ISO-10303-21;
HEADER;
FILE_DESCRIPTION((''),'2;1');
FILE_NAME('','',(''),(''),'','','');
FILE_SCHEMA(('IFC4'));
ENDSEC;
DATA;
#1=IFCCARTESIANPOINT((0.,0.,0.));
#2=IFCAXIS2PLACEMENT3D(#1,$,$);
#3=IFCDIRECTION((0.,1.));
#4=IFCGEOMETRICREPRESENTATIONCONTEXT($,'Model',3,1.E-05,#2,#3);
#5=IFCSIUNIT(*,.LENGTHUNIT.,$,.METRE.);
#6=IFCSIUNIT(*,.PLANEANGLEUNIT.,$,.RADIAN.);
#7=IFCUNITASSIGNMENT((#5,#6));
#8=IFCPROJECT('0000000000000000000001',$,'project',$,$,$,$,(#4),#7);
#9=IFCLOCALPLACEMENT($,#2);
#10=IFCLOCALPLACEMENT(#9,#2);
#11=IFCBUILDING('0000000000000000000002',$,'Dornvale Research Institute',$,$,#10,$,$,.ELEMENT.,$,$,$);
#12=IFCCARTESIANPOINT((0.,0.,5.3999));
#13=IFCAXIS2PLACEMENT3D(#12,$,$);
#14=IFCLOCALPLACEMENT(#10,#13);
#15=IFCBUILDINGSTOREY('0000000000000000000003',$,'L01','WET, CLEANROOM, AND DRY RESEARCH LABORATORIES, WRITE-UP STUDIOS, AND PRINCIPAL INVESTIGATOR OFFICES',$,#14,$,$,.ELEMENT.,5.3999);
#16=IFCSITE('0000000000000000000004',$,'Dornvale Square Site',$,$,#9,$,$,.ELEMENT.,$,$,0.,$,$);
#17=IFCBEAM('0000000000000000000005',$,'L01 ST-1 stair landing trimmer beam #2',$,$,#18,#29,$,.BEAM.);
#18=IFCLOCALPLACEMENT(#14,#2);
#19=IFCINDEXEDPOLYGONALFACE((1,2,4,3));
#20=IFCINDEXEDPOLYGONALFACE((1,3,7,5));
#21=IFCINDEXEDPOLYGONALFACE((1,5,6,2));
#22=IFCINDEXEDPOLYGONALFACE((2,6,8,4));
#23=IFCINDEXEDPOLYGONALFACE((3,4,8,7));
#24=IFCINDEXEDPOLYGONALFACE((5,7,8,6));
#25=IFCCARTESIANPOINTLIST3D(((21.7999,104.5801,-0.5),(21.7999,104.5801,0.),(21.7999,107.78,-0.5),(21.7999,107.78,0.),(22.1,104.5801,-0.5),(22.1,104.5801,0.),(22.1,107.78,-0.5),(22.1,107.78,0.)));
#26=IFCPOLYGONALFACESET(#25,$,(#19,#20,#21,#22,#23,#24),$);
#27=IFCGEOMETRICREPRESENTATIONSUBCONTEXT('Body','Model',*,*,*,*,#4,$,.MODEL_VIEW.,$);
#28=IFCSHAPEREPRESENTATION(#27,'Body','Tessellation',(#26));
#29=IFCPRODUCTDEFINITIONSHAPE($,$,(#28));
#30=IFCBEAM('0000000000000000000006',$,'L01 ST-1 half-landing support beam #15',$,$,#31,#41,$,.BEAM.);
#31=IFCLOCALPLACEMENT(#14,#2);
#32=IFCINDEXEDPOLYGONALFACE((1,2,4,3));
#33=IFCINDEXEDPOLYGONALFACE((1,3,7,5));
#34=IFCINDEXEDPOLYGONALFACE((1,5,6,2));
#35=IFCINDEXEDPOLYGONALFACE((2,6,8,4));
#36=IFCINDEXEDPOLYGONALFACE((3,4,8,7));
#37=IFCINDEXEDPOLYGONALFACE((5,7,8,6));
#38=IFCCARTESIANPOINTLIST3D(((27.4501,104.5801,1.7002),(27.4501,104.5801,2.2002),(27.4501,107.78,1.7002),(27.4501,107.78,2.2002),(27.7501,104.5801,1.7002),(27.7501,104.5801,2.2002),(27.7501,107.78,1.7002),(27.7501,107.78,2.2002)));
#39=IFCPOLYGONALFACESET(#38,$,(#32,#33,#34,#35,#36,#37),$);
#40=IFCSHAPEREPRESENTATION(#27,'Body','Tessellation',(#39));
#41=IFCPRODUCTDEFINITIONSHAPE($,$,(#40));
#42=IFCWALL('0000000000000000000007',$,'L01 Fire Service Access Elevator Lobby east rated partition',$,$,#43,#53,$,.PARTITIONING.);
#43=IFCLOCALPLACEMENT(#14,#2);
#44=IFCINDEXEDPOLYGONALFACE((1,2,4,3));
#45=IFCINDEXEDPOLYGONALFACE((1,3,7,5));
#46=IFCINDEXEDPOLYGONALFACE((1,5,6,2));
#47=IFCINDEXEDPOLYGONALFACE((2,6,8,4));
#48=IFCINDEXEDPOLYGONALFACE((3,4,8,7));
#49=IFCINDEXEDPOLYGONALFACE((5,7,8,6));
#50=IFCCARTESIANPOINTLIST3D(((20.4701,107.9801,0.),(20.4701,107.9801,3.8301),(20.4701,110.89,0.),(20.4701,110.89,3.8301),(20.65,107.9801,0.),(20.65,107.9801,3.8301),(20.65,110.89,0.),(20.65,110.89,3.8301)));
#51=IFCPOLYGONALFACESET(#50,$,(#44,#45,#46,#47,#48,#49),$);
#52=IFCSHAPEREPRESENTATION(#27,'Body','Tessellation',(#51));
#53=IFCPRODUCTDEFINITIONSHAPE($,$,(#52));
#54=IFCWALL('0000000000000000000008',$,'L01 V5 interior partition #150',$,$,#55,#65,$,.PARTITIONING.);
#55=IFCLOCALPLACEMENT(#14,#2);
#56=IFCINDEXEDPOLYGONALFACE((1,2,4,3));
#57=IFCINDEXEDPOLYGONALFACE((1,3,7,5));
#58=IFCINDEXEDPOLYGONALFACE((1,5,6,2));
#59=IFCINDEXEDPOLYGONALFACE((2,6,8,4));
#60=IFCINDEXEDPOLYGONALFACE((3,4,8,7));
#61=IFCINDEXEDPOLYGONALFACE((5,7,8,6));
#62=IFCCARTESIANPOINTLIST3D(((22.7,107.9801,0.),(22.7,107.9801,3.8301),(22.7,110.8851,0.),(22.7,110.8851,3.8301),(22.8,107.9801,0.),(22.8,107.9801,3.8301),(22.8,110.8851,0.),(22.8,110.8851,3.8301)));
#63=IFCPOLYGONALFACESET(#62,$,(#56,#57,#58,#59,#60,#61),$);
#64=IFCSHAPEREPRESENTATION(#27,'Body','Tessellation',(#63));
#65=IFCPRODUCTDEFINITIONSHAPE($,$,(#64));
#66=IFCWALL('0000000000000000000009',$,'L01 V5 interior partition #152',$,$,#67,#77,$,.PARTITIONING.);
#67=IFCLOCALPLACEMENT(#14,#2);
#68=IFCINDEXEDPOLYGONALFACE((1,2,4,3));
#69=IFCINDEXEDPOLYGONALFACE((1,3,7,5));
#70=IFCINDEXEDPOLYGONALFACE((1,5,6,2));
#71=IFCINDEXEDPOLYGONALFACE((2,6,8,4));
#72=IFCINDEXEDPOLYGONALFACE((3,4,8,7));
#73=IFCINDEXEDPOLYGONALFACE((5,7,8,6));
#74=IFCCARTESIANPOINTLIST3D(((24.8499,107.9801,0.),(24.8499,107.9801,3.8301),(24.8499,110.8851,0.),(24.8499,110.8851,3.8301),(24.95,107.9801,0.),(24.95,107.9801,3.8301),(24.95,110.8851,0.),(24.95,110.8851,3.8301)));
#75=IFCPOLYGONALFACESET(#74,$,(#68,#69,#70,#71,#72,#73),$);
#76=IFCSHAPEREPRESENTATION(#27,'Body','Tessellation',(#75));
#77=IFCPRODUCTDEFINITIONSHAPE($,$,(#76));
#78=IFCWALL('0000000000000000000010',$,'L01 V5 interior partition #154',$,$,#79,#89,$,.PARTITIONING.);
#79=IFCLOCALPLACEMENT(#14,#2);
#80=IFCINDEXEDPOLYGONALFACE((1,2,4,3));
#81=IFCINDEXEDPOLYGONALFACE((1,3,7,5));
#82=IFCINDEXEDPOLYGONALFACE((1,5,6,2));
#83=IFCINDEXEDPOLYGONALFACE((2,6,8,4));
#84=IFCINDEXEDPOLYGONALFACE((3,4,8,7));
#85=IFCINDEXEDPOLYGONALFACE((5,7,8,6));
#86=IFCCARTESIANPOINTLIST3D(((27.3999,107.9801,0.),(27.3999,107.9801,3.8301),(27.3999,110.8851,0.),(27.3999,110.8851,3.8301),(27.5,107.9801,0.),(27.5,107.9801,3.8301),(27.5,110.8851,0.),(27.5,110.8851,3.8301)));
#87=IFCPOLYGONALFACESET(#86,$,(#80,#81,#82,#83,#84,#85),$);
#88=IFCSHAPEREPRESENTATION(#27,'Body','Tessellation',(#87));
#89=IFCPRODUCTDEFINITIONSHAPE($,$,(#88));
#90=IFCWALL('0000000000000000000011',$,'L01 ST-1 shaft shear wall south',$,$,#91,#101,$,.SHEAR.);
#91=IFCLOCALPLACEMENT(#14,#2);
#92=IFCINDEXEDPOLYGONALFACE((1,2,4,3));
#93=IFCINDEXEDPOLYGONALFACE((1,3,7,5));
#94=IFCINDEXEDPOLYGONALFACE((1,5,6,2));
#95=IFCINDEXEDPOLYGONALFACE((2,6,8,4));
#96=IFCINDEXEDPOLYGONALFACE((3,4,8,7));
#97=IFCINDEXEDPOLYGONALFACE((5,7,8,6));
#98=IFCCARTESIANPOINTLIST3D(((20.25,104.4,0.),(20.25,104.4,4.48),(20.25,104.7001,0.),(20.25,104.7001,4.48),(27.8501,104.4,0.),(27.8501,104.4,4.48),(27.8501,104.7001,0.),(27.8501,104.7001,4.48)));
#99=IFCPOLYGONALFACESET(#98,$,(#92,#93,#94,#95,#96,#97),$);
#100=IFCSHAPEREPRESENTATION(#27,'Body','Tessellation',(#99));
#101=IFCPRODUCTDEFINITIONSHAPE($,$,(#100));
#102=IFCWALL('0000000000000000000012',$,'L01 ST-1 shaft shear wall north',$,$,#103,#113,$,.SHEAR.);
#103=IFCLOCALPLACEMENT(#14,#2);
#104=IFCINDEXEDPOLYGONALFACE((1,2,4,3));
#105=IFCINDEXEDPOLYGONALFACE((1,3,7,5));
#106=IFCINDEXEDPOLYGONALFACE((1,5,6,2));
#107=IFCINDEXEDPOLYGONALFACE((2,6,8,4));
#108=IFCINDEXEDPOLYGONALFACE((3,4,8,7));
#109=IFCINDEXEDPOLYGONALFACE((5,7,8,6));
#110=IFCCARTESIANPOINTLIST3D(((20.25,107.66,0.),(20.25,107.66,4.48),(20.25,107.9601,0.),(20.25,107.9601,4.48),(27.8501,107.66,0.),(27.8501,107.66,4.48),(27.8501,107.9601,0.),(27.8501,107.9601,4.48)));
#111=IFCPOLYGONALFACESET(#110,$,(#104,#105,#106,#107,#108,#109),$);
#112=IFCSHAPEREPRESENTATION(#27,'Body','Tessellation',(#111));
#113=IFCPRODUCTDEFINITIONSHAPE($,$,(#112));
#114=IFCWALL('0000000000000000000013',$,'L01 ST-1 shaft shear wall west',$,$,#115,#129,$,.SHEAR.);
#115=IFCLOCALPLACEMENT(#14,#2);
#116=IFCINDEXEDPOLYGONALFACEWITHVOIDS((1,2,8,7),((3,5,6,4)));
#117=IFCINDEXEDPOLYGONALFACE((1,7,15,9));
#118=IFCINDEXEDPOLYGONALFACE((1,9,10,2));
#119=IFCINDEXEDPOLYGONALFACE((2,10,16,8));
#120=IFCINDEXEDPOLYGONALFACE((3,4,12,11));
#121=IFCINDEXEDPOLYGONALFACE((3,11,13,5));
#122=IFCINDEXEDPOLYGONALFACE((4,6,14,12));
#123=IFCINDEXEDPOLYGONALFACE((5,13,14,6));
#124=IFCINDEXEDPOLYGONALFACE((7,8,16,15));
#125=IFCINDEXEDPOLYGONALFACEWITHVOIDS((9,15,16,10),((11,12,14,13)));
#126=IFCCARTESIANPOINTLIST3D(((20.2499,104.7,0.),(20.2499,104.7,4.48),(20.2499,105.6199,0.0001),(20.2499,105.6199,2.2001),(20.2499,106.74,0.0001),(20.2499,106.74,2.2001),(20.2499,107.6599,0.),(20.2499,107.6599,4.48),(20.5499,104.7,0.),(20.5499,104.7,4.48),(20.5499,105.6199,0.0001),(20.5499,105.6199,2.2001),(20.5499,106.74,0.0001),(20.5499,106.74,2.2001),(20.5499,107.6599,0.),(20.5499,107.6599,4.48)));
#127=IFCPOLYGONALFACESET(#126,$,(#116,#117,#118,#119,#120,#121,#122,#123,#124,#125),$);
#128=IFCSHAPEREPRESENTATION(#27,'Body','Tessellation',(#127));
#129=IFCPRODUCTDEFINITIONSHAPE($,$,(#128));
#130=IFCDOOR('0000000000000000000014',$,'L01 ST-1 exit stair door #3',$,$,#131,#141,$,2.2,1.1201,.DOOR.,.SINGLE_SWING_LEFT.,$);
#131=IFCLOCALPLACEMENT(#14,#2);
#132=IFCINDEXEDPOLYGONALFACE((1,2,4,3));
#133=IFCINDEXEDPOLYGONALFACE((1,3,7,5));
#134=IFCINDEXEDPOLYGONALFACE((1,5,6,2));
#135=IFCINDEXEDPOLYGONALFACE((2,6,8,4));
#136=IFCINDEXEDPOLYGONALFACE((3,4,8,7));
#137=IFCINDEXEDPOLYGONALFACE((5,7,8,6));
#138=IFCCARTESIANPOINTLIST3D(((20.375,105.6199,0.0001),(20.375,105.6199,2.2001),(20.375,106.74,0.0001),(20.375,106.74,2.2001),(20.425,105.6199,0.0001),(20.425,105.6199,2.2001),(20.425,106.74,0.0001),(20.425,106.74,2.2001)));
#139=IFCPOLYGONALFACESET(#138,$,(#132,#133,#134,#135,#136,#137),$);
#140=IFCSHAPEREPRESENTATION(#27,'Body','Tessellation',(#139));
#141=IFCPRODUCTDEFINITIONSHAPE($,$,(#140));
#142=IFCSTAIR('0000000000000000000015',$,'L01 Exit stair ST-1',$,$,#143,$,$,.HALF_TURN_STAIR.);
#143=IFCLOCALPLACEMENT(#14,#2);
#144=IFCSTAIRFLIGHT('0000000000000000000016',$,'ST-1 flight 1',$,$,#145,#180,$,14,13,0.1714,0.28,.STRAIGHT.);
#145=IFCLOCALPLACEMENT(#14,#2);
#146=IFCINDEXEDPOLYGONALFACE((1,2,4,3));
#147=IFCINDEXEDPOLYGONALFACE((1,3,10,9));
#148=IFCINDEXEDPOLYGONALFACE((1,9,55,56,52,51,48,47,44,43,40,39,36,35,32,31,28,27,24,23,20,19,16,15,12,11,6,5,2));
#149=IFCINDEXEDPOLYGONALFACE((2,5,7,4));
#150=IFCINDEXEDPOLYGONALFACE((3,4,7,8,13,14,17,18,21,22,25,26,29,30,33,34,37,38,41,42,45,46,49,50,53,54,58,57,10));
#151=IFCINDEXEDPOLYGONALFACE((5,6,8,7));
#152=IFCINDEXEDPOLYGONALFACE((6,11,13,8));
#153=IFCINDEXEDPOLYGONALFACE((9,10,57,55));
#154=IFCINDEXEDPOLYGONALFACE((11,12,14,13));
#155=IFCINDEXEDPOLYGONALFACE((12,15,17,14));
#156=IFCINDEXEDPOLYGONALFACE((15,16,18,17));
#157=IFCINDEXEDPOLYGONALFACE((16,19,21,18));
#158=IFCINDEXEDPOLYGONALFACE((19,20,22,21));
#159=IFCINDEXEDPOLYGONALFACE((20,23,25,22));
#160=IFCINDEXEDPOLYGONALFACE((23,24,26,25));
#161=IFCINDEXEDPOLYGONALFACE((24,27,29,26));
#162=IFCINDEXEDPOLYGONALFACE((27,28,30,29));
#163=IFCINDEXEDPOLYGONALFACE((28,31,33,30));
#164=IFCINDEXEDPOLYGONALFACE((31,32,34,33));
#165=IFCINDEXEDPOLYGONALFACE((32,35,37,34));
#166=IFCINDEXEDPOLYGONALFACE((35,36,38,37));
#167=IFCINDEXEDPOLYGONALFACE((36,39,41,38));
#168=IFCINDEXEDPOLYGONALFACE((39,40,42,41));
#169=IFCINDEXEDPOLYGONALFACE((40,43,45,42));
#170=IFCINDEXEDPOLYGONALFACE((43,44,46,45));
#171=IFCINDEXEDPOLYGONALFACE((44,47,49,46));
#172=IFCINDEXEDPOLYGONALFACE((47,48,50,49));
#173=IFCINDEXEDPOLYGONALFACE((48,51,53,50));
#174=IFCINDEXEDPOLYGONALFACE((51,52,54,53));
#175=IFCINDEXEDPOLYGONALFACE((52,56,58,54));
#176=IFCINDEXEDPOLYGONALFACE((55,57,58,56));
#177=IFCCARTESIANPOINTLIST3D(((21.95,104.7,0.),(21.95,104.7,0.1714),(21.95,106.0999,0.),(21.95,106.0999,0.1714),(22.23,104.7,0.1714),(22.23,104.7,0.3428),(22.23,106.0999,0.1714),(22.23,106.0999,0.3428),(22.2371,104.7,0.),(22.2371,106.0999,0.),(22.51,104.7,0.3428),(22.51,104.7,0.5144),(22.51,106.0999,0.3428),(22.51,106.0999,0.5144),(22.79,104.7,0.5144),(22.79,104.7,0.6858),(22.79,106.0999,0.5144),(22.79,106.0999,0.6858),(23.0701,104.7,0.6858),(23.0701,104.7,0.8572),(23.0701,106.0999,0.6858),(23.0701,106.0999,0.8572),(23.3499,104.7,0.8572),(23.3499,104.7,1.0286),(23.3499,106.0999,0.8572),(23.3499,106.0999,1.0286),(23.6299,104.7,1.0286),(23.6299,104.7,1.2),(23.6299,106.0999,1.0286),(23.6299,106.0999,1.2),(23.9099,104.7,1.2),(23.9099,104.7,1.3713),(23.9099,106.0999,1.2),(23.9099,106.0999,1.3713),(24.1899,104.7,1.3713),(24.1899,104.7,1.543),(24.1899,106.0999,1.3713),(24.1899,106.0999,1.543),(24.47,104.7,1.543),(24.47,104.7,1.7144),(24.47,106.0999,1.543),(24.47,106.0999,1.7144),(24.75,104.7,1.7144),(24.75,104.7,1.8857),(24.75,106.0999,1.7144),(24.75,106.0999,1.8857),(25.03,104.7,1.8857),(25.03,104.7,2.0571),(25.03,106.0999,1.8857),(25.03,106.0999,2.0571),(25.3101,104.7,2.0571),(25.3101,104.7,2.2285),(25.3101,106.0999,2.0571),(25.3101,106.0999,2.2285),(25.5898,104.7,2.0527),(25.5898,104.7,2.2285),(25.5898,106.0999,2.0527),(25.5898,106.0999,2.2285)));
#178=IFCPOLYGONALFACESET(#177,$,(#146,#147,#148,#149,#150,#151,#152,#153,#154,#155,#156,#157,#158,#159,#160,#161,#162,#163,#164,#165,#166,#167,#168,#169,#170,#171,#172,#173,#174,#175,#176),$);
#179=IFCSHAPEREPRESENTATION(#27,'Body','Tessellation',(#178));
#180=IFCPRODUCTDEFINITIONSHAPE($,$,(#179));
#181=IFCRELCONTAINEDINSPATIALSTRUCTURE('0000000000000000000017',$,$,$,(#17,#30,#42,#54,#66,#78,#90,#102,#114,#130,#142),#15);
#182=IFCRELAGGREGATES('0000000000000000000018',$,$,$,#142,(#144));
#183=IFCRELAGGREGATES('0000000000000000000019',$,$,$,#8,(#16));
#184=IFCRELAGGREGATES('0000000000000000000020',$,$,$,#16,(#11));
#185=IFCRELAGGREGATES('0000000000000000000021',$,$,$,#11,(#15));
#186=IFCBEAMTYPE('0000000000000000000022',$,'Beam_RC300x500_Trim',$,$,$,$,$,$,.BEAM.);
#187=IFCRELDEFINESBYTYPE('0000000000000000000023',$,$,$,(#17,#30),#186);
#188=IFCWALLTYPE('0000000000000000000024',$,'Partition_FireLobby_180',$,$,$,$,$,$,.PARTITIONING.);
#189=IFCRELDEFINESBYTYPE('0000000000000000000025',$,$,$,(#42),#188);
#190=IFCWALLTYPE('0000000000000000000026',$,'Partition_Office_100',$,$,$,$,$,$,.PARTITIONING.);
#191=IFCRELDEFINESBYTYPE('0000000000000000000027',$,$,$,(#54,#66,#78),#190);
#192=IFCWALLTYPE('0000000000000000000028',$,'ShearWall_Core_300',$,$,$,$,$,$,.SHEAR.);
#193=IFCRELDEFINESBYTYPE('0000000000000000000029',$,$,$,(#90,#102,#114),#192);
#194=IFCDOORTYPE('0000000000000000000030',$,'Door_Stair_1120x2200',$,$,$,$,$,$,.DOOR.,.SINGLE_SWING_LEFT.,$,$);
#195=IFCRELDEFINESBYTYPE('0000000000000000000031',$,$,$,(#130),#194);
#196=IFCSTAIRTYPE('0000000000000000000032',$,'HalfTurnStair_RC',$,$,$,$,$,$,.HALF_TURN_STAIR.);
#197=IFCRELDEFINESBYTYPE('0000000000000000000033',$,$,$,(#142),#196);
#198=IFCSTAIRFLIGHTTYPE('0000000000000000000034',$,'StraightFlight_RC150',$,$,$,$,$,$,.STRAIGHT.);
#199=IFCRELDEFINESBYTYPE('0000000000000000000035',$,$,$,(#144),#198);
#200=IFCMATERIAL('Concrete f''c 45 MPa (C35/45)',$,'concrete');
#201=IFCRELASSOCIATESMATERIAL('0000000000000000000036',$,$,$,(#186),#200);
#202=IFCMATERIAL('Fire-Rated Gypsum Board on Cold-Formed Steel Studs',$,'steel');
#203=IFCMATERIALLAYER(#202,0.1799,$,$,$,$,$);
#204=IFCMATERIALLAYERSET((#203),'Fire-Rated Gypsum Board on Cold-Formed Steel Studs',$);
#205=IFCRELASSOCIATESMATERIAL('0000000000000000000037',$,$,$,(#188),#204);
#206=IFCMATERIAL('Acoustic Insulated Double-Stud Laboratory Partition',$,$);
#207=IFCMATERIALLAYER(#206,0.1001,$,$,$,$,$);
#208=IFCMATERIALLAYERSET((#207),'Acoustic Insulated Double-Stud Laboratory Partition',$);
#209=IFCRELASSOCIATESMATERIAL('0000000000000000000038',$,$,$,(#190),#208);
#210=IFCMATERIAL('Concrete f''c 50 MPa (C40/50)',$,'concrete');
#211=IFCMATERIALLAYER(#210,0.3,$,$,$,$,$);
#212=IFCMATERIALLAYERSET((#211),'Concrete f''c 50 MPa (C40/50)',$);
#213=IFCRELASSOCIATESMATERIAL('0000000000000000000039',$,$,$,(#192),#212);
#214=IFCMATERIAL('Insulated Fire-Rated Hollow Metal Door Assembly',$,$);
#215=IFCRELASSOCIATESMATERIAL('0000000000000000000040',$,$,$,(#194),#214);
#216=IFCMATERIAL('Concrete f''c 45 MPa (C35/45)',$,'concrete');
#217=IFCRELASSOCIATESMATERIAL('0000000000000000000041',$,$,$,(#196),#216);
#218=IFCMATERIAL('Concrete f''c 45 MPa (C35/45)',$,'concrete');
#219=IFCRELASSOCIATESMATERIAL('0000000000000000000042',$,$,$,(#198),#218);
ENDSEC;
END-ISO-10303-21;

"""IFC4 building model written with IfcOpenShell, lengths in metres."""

from ifc_helpers import new_model, si_unit, direction, frame, frame_2d, origin, origin_2d, place, context, subcontext, project, spatial, polyline, rectangle, outline, extrude, material, layer, layer_set, material_profile, profile_set, type_object, element, fill, aggregate, save


model = new_model("IFC4")

# Units and contexts
model_context = context("Model", 3, precision=1e-05, world=origin(), true_north=direction((0.0, 1.0)))
body_context = subcontext(model_context, "Body", "Model", "MODEL_VIEW")
ifc_project = project(units=[si_unit("LENGTHUNIT", "METRE"), si_unit("PLANEANGLEUNIT", "RADIAN")], contexts=[model_context])

# Site, building, storey
site_placement = place(None, origin())
site = spatial("IfcSite", under=ifc_project, at=site_placement, Name="Dornvale Square Site", CompositionType="ELEMENT", RefElevation=0.0)
building_placement = place(site_placement, origin())
building = spatial("IfcBuilding", under=site, at=building_placement, Name="Dornvale Research Institute", CompositionType="ELEMENT")
storey_placement = place(building_placement, frame((0.0, 0.0, 5.3999)))
storey = spatial("IfcBuildingStorey", under=building, at=storey_placement, Name="L01", Description="WET, CLEANROOM, AND DRY RESEARCH LABORATORIES, WRITE-UP STUDIOS, AND PRINCIPAL INVESTIGATOR OFFICES", CompositionType="ELEMENT", Elevation=5.3999)

# Beams
ifc_material_1 = material(Name="Concrete f'c 45 MPa (C35/45)", Category="concrete")
ifc_material_profile = material_profile(ifc_material_1, rectangle(XDim=0.3, YDim=0.5, at=origin_2d()), Name="RC 300x500")
ifc_profile_set = profile_set([ifc_material_profile], Name="Concrete f'c 45 MPa (C35/45)")
beam_type = type_object("IfcBeamType", Name="Beam_RC300x500_Trim", PredefinedType="BEAM", material=ifc_profile_set)
for number, where, z_axis, x_axis, name in (
    (1, (21.95, 104.5801, -0.25), (0.0, 1.0, 0.0), (-1.0, 0.0, 0.0), "L01 ST-1 stair landing trimmer beam #2"),
    (2, (27.6001, 104.5801, 1.9502), (0.0, 1.0, 0.0), (-1.0, 0.0, 0.0), "L01 ST-1 half-landing support beam #15"),
):
    element("IfcBeam", number, at=place(storey_placement, frame(where, z_axis=z_axis, x_axis=x_axis)), inside=storey, type_object=beam_type, Name=name, PredefinedType="BEAM", context=body_context, shape_type="SweptSolid", body=[
        extrude(rectangle(XDim=0.3, YDim=0.5, at=origin_2d()), origin(), (0.0, 0.0, 1.0), 3.2),
    ])

# Walls
ifc_material_2 = material(Name="Fire-Rated Gypsum Board on Cold-Formed Steel Studs", Category="steel")
ifc_layer_1 = layer(ifc_material_2, 0.1799)
ifc_layer_set_1 = layer_set([ifc_layer_1], Name="Fire-Rated Gypsum Board on Cold-Formed Steel Studs")
wall_type_1 = type_object("IfcWallType", Name="Partition_FireLobby_180", PredefinedType="PARTITIONING", material=ifc_layer_set_1)
wall_1_placement = place(storey_placement, frame((20.5601, 107.98, 0.0), z_axis=(0.0, 0.0, 1.0), x_axis=(0.0, 1.0, 0.0)))
element("IfcWall", 3, at=wall_1_placement, inside=storey, type_object=wall_type_1, Name="L01 Fire Service Access Elevator Lobby east rated partition", PredefinedType="PARTITIONING", context=body_context, shape_type="SweptSolid", body=[
    extrude(rectangle(XDim=2.9099, YDim=0.1799, at=frame_2d((1.4551, 0.0))), origin(), (0.0, 0.0, 1.0), 3.8301),
])
ifc_material_3 = material(Name="Acoustic Insulated Double-Stud Laboratory Partition")
ifc_layer_2 = layer(ifc_material_3, 0.1001)
ifc_layer_set_2 = layer_set([ifc_layer_2], Name="Acoustic Insulated Double-Stud Laboratory Partition")
wall_type_2 = type_object("IfcWallType", Name="Partition_Office_100", PredefinedType="PARTITIONING", material=ifc_layer_set_2)
for number, where, z_axis, x_axis, name in (
    (4, (22.75, 107.98, 0.0), (0.0, 0.0, 1.0), (0.0, 1.0, 0.0), "L01 V5 interior partition #150"),
    (5, (24.8999, 107.98, 0.0), (0.0, 0.0, 1.0), (0.0, 1.0, 0.0), "L01 V5 interior partition #152"),
    (6, (27.45, 107.98, 0.0), (0.0, 0.0, 1.0), (0.0, 1.0, 0.0), "L01 V5 interior partition #154"),
):
    element("IfcWall", number, at=place(storey_placement, frame(where, z_axis=z_axis, x_axis=x_axis)), inside=storey, type_object=wall_type_2, Name=name, PredefinedType="PARTITIONING", context=body_context, shape_type="SweptSolid", body=[
        extrude(rectangle(XDim=2.905, YDim=0.1001, at=frame_2d((1.4526, 0.0))), origin(), (0.0, 0.0, 1.0), 3.8301),
    ])
ifc_material_4 = material(Name="Concrete f'c 50 MPa (C40/50)", Category="concrete")
ifc_layer_3 = layer(ifc_material_4, 0.3)
ifc_layer_set_3 = layer_set([ifc_layer_3], Name="Concrete f'c 50 MPa (C40/50)")
wall_type_3 = type_object("IfcWallType", Name="ShearWall_Core_300", PredefinedType="SHEAR", material=ifc_layer_set_3)
for number, where, z_axis, x_axis, name in (
    (7, (20.25, 104.55, 0.0), (0.0, 0.0, 1.0), (1.0, 0.0, 0.0), "L01 ST-1 shaft shear wall south"),
    (8, (20.25, 107.8101, 0.0), (0.0, 0.0, 1.0), (1.0, 0.0, 0.0), "L01 ST-1 shaft shear wall north"),
):
    element("IfcWall", number, at=place(storey_placement, frame(where, z_axis=z_axis, x_axis=x_axis)), inside=storey, type_object=wall_type_3, Name=name, PredefinedType="SHEAR", context=body_context, shape_type="SweptSolid", body=[
        extrude(rectangle(XDim=7.6001, YDim=0.3, at=frame_2d((3.8, 0.0))), origin(), (0.0, 0.0, 1.0), 4.48),
    ])

# Wall, opening, door
wall_2_placement = place(storey_placement, frame((20.3999, 104.7, 0.0), z_axis=(0.0, 0.0, 1.0), x_axis=(0.0, 1.0, 0.0)))
wall_2 = element("IfcWall", 9, at=wall_2_placement, inside=storey, type_object=wall_type_3, Name="L01 ST-1 shaft shear wall west", PredefinedType="SHEAR", context=body_context, shape_type="SweptSolid", body=[
    extrude(rectangle(XDim=2.96, YDim=0.3, at=frame_2d((1.48, 0.0))), origin(), (0.0, 0.0, 1.0), 4.48),
])
opening_placement = place(wall_2_placement, frame((0.9199, 0.0, 0.0)))
opening = element("IfcOpeningElement", 10, at=opening_placement, cuts=wall_2, PredefinedType="OPENING", context=body_context, shape_type="SweptSolid", body=[
    extrude(rectangle(XDim=1.1201, YDim=2.2, at=frame_2d((0.5601, 1.1001))), frame((0.0, 0.165, 0.0), z_axis=(0.0, -1.0, 0.0), x_axis=(1.0, 0.0, 0.0)), (0.0, 0.0, 1.0), 0.3301),
])
ifc_material_5 = material(Name="Insulated Fire-Rated Hollow Metal Door Assembly")
door_type = type_object("IfcDoorType", Name="Door_Stair_1120x2200", OperationType="SINGLE_SWING_LEFT", PredefinedType="DOOR", material=ifc_material_5)
door_placement = place(opening_placement, origin())
door = element("IfcDoor", 11, at=door_placement, inside=storey, type_object=door_type, Name="L01 ST-1 exit stair door #3", OperationType="SINGLE_SWING_LEFT", OverallHeight=2.2, OverallWidth=1.1201, PredefinedType="DOOR", context=body_context, shape_type="SweptSolid", body=[
    extrude(rectangle(XDim=1.1201, YDim=2.2, at=frame_2d((0.5601, 1.1001))), frame((0.0, 0.0249, 0.0), z_axis=(0.0, -1.0, 0.0), x_axis=(1.0, 0.0, 0.0)), (0.0, 0.0, 1.0), 0.05),
])
fill(opening, door)

# Stair, stair flight
ifc_material_6 = material(Name="Concrete f'c 45 MPa (C35/45)", Category="concrete")
stair_type = type_object("IfcStairType", Name="HalfTurnStair_RC", PredefinedType="HALF_TURN_STAIR", material=ifc_material_6)
stair_placement = place(storey_placement, origin())
stair = element("IfcStair", 12, at=stair_placement, inside=storey, type_object=stair_type, Name="L01 Exit stair ST-1", PredefinedType="HALF_TURN_STAIR")
ifc_material_7 = material(Name="Concrete f'c 45 MPa (C35/45)", Category="concrete")
stair_flight_type = type_object("IfcStairFlightType", Name="StraightFlight_RC150", PredefinedType="STRAIGHT", material=ifc_material_7)
stair_flight_1_placement = place(storey_placement, frame((21.95, 105.3999, 0.0), z_axis=(0.0, 0.0, 1.0), x_axis=(1.0, 0.0, 0.0)))
stair_flight_1 = element("IfcStairFlight", 13, at=stair_flight_1_placement, type_object=stair_flight_type, Name="ST-1 flight 1", NumberOfRisers=14, NumberOfTreads=13, PredefinedType="STRAIGHT", RiserHeight=0.1714, TreadLength=0.28, context=body_context, shape_type="SweptSolid", body=[
    extrude(outline(polyline([(0.0, 0.0), (0.0, 0.1714), (0.28, 0.1714), (0.28, 0.3428), (0.5601, 0.3428), (0.5601, 0.5144), (0.8401, 0.5144), (0.8401, 0.6858), (1.1201, 0.6858), (1.1201, 0.8572), (1.3999, 0.8572), (1.3999, 1.0286), (1.6799, 1.0286), (1.6799, 1.2), (1.96, 1.2), (1.96, 1.3713), (2.24, 1.3713), (2.24, 1.543), (2.52, 1.543), (2.52, 1.7144), (2.8, 1.7144), (2.8, 1.8857), (3.0801, 1.8857), (3.0801, 2.0571), (3.3601, 2.0571), (3.3601, 2.2285), (3.6399, 2.2285), (3.6399, 2.3999), (3.6399, 2.0527), (0.2871, 0.0), (0.0, 0.0)])), frame((0.0, 0.7, 0.0), z_axis=(0.0, -1.0, 0.0), x_axis=(1.0, 0.0, 0.0)), (0.0, 0.0, 1.0), 1.3999),
])
aggregate(stair, [stair_flight_1])

save(model, "model.ifc")
